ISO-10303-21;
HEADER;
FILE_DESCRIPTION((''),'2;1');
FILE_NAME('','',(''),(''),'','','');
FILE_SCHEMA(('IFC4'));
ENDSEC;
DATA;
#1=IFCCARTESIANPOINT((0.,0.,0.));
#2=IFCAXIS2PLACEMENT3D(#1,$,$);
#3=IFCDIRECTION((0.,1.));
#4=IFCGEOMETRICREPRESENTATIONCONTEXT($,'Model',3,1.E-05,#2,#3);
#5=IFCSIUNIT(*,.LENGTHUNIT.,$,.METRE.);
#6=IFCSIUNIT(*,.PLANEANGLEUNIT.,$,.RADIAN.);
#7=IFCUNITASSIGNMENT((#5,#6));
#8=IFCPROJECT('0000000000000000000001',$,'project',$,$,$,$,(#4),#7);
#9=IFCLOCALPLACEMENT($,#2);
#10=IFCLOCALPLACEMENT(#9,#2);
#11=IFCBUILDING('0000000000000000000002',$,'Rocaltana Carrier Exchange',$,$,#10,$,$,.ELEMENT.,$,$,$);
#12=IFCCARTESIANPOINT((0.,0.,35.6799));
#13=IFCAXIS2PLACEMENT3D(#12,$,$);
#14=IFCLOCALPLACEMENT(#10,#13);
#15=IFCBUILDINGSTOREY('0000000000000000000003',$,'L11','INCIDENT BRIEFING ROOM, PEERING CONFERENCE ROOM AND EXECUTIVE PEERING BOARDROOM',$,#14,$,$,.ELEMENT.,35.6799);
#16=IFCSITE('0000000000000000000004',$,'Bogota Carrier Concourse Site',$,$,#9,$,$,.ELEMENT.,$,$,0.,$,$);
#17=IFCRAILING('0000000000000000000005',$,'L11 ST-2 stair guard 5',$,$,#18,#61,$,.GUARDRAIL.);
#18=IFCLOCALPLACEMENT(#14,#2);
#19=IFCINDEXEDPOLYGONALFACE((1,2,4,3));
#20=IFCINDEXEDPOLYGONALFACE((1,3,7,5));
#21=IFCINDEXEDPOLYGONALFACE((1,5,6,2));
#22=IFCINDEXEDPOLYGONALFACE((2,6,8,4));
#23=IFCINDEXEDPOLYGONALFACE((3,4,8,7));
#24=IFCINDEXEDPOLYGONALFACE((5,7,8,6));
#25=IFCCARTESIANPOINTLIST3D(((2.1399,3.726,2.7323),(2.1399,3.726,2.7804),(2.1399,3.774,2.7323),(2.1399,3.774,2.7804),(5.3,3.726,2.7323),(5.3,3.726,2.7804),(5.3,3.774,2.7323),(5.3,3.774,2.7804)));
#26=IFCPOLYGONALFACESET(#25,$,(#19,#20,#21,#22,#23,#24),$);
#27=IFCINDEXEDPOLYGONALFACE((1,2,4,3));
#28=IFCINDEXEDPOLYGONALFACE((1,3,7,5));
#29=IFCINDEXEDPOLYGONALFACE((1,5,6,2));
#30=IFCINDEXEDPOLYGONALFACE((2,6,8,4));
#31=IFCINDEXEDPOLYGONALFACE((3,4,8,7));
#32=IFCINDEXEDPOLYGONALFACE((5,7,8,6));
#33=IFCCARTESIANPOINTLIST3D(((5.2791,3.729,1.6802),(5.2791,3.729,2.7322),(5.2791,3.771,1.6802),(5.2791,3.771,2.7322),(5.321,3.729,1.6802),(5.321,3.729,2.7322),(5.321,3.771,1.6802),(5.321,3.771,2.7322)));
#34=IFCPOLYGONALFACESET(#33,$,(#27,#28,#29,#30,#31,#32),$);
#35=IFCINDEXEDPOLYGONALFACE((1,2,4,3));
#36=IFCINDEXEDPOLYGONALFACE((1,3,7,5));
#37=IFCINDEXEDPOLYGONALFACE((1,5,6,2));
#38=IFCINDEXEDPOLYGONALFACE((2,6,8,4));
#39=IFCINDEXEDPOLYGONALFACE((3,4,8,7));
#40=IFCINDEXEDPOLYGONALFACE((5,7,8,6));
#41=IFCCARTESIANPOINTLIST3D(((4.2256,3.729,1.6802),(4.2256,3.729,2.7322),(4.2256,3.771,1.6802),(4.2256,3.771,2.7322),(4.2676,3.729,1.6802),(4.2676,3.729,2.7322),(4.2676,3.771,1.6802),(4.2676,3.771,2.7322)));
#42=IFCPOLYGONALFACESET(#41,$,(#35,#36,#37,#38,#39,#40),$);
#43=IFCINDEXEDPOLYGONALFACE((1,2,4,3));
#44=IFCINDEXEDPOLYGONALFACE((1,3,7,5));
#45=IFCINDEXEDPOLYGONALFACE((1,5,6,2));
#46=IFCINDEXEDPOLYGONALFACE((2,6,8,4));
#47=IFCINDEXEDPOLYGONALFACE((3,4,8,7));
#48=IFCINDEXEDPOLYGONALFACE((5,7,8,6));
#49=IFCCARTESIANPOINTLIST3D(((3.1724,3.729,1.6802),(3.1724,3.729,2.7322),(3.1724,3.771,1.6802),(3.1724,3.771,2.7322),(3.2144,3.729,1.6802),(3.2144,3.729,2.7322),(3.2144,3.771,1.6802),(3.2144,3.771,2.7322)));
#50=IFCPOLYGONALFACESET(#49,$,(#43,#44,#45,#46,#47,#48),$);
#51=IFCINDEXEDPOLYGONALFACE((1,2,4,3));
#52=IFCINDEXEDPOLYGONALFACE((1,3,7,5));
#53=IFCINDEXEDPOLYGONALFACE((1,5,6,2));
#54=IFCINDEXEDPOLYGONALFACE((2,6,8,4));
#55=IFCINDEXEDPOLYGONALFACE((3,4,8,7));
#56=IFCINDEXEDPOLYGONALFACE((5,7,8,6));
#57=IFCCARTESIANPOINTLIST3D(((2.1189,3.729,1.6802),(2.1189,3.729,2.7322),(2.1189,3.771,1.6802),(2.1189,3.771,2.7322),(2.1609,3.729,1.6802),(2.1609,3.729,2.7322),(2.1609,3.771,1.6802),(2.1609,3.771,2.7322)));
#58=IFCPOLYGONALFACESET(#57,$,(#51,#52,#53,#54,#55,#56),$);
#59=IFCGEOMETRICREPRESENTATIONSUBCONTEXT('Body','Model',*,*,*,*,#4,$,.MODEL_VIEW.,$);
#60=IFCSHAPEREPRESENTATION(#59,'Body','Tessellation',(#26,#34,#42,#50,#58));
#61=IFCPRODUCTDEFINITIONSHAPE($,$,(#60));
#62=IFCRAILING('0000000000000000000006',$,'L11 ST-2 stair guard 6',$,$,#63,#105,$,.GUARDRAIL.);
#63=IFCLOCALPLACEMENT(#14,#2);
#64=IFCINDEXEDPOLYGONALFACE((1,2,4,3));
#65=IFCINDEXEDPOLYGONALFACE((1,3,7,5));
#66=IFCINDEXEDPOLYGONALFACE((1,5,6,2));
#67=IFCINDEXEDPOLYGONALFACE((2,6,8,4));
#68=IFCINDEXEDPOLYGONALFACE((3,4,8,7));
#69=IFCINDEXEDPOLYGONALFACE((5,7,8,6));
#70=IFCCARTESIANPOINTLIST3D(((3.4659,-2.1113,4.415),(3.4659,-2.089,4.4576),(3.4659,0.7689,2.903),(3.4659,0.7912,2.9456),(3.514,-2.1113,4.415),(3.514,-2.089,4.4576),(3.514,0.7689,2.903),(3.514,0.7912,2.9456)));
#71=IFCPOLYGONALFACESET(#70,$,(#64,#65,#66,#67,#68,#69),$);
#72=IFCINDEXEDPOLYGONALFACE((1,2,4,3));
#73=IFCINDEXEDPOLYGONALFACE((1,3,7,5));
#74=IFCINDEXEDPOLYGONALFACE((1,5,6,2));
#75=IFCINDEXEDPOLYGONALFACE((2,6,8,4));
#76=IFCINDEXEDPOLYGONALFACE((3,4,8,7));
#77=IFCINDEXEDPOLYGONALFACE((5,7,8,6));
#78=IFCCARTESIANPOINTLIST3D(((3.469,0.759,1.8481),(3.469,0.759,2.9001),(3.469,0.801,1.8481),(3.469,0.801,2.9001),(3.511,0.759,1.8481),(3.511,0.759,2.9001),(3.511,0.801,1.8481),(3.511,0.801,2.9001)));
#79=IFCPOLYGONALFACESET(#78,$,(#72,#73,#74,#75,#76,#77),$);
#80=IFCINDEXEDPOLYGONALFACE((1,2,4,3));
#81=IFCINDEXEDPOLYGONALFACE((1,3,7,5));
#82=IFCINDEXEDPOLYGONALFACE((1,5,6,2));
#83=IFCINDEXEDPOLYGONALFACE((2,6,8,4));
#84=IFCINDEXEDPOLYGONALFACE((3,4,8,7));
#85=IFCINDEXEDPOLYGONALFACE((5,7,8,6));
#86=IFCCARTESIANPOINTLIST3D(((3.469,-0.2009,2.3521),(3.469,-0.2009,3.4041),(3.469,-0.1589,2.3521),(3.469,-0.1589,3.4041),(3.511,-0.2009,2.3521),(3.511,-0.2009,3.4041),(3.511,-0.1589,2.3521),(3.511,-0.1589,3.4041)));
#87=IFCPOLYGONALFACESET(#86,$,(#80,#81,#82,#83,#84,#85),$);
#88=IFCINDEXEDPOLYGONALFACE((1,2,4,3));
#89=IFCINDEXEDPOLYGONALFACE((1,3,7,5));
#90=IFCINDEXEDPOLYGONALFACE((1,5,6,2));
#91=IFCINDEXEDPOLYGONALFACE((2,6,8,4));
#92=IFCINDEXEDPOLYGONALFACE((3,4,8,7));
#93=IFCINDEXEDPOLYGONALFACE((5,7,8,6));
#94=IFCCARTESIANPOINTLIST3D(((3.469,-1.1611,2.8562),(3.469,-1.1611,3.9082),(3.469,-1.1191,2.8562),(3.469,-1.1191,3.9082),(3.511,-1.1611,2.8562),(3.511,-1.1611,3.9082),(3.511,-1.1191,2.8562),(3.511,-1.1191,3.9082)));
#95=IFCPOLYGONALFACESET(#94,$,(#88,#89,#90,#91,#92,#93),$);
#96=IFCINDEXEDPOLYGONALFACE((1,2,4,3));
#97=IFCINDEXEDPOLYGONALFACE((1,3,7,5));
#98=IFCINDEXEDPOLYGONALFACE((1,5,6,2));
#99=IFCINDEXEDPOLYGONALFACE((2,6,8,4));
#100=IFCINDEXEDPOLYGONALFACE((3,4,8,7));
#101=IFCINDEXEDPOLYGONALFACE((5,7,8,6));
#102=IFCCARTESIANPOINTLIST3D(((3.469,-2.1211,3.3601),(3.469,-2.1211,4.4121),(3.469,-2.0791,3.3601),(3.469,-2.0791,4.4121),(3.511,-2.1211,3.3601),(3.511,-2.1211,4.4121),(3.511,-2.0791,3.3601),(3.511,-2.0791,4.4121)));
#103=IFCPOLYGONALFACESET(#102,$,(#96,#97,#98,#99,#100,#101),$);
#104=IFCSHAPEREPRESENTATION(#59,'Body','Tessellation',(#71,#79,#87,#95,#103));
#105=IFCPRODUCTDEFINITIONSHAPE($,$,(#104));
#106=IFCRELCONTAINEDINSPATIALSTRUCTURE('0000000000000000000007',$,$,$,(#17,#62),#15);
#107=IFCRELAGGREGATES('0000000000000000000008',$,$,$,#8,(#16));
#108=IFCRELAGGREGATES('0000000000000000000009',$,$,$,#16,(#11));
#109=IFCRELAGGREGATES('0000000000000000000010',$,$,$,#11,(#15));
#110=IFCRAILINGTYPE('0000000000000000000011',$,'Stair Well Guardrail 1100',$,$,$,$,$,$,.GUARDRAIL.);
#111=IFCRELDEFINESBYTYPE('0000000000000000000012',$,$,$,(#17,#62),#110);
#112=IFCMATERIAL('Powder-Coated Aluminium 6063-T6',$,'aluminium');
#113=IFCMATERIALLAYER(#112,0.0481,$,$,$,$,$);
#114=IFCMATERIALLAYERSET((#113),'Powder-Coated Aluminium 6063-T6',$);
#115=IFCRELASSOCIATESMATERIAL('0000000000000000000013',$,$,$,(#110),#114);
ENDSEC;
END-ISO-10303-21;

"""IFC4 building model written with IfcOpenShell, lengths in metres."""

from ifc_helpers import new_model, si_unit, direction, frame, origin, origin_2d, place, context, subcontext, project, spatial, rectangle, extrude, material, layer, layer_set, type_object, element, save


model = new_model("IFC4")

# Units and contexts
model_context = context("Model", 3, precision=1e-05, world=origin(), true_north=direction((0.0, 1.0)))
body_context = subcontext(model_context, "Body", "Model", "MODEL_VIEW")
ifc_project = project(units=[si_unit("LENGTHUNIT", "METRE"), si_unit("PLANEANGLEUNIT", "RADIAN")], contexts=[model_context])

# Site, building, storey
site_placement = place(None, origin())
site = spatial("IfcSite", under=ifc_project, at=site_placement, Name="Bogota Carrier Concourse Site", CompositionType="ELEMENT", RefElevation=0.0)
building_placement = place(site_placement, origin())
building = spatial("IfcBuilding", under=site, at=building_placement, Name="Rocaltana Carrier Exchange", CompositionType="ELEMENT")
storey_placement = place(building_placement, frame((0.0, 0.0, 35.6799)))
storey = spatial("IfcBuildingStorey", under=building, at=storey_placement, Name="L11", Description="INCIDENT BRIEFING ROOM, PEERING CONFERENCE ROOM AND EXECUTIVE PEERING BOARDROOM", CompositionType="ELEMENT", Elevation=35.6799)

# Railings
ifc_material_1 = material(Name="Powder-Coated Aluminium 6063-T6", Category="aluminium")
ifc_layer_1 = layer(ifc_material_1, 0.0481)
ifc_layer_set_1 = layer_set([ifc_layer_1], Name="Powder-Coated Aluminium 6063-T6")
railing_type_1 = type_object("IfcRailingType", Name="Stair Well Guardrail 1100", PredefinedType="GUARDRAIL", material=ifc_layer_set_1)
railing_1_placement = place(storey_placement, frame((5.3, 3.75, 1.6802)))
element("IfcRailing", 1, at=railing_1_placement, inside=storey, type_object=railing_type_1, Name="L11 ST-2 stair guard 5", PredefinedType="GUARDRAIL", context=body_context, shape_type="SweptSolid", body=[
    extrude(rectangle(XDim=0.0481, YDim=0.0481, at=origin_2d()), frame((0.0, 0.0, 1.0762), z_axis=(-1.0, 0.0, 0.0), x_axis=(0.0, -1.0, 0.0)), (0.0, 0.0, 1.0), 3.1602),
    extrude(rectangle(XDim=0.042, YDim=0.042, at=origin_2d()), origin(), (0.0, 0.0, 1.0), 1.052),
    extrude(rectangle(XDim=0.042, YDim=0.042, at=origin_2d()), frame((-1.0535, 0.0, 0.0)), (0.0, 0.0, 1.0), 1.052),
    extrude(rectangle(XDim=0.042, YDim=0.042, at=origin_2d()), frame((-2.1067, 0.0, 0.0)), (0.0, 0.0, 1.0), 1.052),
    extrude(rectangle(XDim=0.042, YDim=0.042, at=origin_2d()), frame((-3.1602, 0.0, 0.0)), (0.0, 0.0, 1.0), 1.052),
])
railing_2_placement = place(storey_placement, frame((3.49, 0.78, 1.8481)))
element("IfcRailing", 2, at=railing_2_placement, inside=storey, type_object=railing_type_1, Name="L11 ST-2 stair guard 6", PredefinedType="GUARDRAIL", context=body_context, shape_type="SweptSolid", body=[
    extrude(rectangle(XDim=0.0481, YDim=0.0481, at=origin_2d()), frame((0.0, 0.0, 1.0762), z_axis=(0.0, -0.885411, 0.464809), x_axis=(1.0, 0.0, 0.0)), (0.0, 0.0, 1.0), 3.2529),
    extrude(rectangle(XDim=0.042, YDim=0.042, at=origin_2d()), origin(), (0.0, 0.0, 1.0), 1.052),
    extrude(rectangle(XDim=0.042, YDim=0.042, at=origin_2d()), frame((0.0, -0.96, 0.5039)), (0.0, 0.0, 1.0), 1.052),
    extrude(rectangle(XDim=0.042, YDim=0.042, at=origin_2d()), frame((0.0, -1.9202, 1.0081)), (0.0, 0.0, 1.0), 1.052),
    extrude(rectangle(XDim=0.042, YDim=0.042, at=origin_2d()), frame((0.0, -2.8801, 1.512)), (0.0, 0.0, 1.0), 1.052),
])

save(model, "model.ifc")
